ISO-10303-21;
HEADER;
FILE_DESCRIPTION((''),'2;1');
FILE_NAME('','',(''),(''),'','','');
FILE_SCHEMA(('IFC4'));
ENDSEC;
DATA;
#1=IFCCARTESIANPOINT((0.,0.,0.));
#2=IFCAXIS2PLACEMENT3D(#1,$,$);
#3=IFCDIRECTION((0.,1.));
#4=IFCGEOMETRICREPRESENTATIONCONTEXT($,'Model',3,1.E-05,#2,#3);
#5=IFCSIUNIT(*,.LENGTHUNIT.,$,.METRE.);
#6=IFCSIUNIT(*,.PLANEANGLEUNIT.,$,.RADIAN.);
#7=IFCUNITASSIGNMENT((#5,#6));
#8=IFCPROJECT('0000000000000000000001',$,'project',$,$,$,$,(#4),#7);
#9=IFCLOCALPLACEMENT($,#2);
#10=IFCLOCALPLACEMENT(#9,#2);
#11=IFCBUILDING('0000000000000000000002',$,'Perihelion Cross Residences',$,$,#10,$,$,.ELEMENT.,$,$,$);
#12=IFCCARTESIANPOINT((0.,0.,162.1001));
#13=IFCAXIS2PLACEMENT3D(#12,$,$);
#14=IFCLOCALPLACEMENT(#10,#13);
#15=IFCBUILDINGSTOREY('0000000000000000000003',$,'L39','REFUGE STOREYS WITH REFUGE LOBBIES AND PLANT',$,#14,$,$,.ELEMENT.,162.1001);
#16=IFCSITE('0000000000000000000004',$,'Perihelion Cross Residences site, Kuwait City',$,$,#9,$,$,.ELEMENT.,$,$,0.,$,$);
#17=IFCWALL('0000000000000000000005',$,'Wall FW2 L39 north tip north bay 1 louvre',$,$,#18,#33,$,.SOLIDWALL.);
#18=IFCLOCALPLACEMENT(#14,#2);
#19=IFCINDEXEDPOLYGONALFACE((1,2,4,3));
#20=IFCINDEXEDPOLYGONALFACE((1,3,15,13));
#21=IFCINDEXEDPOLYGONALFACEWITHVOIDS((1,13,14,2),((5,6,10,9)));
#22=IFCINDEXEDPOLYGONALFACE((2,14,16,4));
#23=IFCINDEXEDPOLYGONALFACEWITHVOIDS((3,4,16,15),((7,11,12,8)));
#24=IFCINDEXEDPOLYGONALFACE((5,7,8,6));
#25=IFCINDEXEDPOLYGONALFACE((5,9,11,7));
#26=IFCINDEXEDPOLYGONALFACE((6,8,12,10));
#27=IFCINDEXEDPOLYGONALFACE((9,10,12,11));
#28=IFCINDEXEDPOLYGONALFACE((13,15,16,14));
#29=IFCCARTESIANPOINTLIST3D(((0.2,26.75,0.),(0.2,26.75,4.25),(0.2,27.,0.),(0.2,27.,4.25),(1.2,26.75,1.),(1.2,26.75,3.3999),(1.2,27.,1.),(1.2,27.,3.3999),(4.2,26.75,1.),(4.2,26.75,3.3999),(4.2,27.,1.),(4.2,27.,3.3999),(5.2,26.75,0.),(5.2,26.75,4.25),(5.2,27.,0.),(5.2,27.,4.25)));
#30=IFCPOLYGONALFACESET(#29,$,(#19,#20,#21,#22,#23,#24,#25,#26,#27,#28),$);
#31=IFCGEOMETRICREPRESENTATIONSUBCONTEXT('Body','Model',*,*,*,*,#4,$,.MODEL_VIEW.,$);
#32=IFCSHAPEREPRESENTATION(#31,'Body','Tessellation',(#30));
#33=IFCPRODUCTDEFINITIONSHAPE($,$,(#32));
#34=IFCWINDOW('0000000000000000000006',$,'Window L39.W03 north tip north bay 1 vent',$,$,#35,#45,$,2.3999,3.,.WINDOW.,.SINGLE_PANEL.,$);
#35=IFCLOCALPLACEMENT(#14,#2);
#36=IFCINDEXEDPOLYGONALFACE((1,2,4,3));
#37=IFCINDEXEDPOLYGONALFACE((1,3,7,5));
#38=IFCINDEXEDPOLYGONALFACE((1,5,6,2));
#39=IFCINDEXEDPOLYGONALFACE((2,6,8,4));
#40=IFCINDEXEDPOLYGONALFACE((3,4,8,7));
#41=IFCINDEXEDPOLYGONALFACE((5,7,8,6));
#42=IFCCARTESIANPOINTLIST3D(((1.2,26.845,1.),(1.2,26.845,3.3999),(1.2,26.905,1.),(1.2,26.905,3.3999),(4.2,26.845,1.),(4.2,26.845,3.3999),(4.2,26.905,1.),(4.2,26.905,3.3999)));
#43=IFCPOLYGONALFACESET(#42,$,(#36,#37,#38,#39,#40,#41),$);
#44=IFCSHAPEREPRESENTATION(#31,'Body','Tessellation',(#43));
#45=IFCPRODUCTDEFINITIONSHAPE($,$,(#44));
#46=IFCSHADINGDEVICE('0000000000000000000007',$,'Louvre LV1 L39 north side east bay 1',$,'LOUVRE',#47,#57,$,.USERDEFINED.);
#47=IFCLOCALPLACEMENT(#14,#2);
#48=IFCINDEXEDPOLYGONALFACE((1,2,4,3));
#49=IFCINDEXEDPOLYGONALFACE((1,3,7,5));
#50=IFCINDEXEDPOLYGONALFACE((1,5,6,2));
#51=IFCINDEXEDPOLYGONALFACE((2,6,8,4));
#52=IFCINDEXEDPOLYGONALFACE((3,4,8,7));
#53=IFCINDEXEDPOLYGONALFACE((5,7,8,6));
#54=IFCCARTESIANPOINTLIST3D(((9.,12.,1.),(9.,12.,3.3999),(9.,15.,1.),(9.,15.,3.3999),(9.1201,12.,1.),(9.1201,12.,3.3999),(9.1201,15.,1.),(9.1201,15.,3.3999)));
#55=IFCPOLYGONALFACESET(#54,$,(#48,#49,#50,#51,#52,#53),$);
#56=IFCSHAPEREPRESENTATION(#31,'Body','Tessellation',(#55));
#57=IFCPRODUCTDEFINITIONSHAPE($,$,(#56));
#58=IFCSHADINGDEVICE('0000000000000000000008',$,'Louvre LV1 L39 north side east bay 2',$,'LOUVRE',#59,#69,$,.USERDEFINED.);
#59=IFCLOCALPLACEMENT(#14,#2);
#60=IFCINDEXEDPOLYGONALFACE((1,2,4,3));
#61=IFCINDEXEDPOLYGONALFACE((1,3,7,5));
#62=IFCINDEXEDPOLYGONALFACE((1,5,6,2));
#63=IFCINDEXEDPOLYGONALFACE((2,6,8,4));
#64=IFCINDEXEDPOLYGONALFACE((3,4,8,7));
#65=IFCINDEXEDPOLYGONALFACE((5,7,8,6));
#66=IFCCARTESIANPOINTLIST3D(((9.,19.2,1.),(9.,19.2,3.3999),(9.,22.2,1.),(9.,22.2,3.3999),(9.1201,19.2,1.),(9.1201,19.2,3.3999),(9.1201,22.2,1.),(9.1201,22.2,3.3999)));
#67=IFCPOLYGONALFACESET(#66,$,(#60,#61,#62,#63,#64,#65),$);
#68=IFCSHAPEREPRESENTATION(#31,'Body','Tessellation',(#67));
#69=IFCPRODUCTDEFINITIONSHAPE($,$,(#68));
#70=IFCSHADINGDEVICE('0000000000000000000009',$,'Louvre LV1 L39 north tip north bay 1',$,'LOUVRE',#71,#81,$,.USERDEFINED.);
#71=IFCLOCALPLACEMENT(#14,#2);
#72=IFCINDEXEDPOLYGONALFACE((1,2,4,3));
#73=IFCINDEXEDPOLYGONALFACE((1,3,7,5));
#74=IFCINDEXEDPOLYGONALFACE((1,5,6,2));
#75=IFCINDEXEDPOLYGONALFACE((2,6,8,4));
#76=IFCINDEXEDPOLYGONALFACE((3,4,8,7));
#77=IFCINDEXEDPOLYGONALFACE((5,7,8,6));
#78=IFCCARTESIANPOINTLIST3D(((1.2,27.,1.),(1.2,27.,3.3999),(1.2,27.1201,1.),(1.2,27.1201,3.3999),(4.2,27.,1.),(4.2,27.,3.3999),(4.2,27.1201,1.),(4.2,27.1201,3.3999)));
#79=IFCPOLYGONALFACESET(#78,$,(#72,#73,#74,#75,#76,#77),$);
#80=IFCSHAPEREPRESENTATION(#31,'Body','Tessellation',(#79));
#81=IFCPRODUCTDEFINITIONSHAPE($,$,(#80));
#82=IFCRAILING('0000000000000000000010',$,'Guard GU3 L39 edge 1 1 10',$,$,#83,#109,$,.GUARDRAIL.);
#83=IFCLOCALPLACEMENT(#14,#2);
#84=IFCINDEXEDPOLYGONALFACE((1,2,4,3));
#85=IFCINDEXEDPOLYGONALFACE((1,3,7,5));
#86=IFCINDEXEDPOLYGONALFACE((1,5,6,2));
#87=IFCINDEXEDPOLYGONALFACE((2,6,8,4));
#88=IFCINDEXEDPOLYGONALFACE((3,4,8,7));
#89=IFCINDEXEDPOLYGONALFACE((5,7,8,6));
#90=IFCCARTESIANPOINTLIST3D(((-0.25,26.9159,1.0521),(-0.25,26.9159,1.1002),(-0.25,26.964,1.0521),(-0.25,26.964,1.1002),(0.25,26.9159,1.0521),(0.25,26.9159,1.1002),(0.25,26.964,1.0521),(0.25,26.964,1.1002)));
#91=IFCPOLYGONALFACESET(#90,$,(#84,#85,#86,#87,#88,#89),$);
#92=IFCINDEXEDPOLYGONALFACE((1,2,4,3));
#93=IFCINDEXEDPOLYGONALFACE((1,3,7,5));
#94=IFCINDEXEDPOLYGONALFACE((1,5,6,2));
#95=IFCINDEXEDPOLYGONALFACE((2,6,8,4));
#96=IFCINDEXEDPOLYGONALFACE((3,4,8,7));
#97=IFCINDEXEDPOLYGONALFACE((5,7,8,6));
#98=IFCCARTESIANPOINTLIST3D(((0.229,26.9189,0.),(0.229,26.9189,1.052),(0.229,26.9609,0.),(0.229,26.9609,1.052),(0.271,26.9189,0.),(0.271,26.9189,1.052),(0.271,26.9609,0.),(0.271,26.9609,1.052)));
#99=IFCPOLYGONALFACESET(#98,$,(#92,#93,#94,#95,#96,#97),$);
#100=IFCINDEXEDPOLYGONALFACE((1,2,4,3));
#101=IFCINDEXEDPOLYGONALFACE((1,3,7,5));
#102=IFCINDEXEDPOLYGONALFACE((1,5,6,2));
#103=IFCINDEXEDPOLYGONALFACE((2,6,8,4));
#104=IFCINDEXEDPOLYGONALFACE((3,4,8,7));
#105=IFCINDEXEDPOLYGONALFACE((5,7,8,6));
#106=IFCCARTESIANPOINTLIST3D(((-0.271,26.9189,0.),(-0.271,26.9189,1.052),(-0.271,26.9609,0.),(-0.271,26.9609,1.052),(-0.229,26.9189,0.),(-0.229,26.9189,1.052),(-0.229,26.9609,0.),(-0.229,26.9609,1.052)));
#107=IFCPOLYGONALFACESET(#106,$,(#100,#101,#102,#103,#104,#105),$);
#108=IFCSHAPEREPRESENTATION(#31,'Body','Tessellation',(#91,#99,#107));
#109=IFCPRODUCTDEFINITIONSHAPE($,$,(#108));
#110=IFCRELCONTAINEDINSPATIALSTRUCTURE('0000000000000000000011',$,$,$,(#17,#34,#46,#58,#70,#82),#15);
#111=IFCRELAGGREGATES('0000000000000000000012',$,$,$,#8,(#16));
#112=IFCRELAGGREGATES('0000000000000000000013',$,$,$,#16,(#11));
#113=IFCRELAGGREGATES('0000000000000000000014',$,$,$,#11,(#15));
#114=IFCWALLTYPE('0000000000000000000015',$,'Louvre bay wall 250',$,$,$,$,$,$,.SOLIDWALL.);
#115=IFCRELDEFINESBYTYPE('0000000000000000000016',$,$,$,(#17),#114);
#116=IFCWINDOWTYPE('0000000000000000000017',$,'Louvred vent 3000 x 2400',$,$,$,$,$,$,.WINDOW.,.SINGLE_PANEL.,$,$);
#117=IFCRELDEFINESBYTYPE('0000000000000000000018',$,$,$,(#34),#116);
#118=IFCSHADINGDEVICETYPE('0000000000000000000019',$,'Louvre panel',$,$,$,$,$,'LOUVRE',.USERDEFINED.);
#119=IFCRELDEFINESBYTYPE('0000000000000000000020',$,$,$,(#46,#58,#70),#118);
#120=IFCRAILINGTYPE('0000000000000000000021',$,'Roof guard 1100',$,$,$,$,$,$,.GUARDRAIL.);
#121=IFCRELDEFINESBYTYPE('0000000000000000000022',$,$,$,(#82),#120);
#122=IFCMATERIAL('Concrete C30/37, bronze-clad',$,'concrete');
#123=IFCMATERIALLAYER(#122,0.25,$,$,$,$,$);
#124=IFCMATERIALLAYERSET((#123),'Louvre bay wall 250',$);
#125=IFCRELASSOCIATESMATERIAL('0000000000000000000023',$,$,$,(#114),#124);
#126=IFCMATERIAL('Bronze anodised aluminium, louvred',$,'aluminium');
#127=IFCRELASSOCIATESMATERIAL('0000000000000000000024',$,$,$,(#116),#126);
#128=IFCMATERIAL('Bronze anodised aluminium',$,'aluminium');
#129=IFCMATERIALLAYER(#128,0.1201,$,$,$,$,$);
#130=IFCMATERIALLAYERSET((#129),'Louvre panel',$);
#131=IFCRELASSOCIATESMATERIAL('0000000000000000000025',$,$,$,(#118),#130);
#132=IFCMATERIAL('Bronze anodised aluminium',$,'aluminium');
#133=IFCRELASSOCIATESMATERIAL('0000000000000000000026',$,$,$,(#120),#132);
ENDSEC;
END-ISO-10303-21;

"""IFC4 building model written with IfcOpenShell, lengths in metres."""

from ifc_helpers import new_model, si_unit, direction, frame, frame_2d, origin, origin_2d, place, context, subcontext, project, spatial, rectangle, extrude, material, layer, layer_set, type_object, element, fill, save


model = new_model("IFC4")

# Units and contexts
model_context = context("Model", 3, precision=1e-05, world=origin(), true_north=direction((0.0, 1.0)))
body_context = subcontext(model_context, "Body", "Model", "MODEL_VIEW")
ifc_project = project(units=[si_unit("LENGTHUNIT", "METRE"), si_unit("PLANEANGLEUNIT", "RADIAN")], contexts=[model_context])

# Site, building, storey
site_placement = place(None, origin())
site = spatial("IfcSite", under=ifc_project, at=site_placement, Name="Perihelion Cross Residences site, Kuwait City", CompositionType="ELEMENT", RefElevation=0.0)
building_placement = place(site_placement, origin())
building = spatial("IfcBuilding", under=site, at=building_placement, Name="Perihelion Cross Residences", CompositionType="ELEMENT")
storey_placement = place(building_placement, frame((0.0, 0.0, 162.1001)))
storey = spatial("IfcBuildingStorey", under=building, at=storey_placement, Name="L39", Description="REFUGE STOREYS WITH REFUGE LOBBIES AND PLANT", CompositionType="ELEMENT", Elevation=162.1001)

# Wall, opening, window
ifc_material_1 = material(Name="Concrete C30/37, bronze-clad", Category="concrete")
ifc_layer_1 = layer(ifc_material_1, 0.25)
ifc_layer_set_1 = layer_set([ifc_layer_1], Name="Louvre bay wall 250")
wall_type_1 = type_object("IfcWallType", Name="Louvre bay wall 250", PredefinedType="SOLIDWALL", material=ifc_layer_set_1)
ifc_material_2 = material(Name="Bronze anodised aluminium, louvred", Category="aluminium")
window_type = type_object("IfcWindowType", Name="Louvred vent 3000 x 2400", PartitioningType="SINGLE_PANEL", PredefinedType="WINDOW", material=ifc_material_2)
wall_1_placement = place(storey_placement, frame((5.2, 26.875, 0.0), z_axis=(0.0, 0.0, 1.0), x_axis=(-1.0, 0.0, 0.0)))
wall_1 = element("IfcWall", 1, at=wall_1_placement, inside=storey, type_object=wall_type_1, Name="Wall FW2 L39 north tip north bay 1 louvre", PredefinedType="SOLIDWALL", context=body_context, shape_type="SweptSolid", body=[
    extrude(rectangle(XDim=5.0, YDim=0.25, at=frame_2d((2.5, 0.0))), origin(), (0.0, 0.0, 1.0), 4.25),
])
opening_1_placement = place(wall_1_placement, frame((1.0, 0.0, 1.0)))
opening_1 = element("IfcOpeningElement", 2, at=opening_1_placement, cuts=wall_1, PredefinedType="OPENING", context=body_context, shape_type="SweptSolid", body=[
    extrude(rectangle(XDim=3.0, YDim=2.3999, at=frame_2d((1.5, 1.2))), frame((0.0, 0.135, 0.0), z_axis=(0.0, -1.0, 0.0), x_axis=(1.0, 0.0, 0.0)), (0.0, 0.0, 1.0), 0.27),
])
window_1_placement = place(opening_1_placement, origin())
window_1 = element("IfcWindow", 3, at=window_1_placement, inside=storey, type_object=window_type, Name="Window L39.W03 north tip north bay 1 vent", OverallHeight=2.3999, OverallWidth=3.0, PartitioningType="SINGLE_PANEL", PredefinedType="WINDOW", context=body_context, shape_type="SweptSolid", body=[
    extrude(rectangle(XDim=3.0, YDim=2.3999, at=frame_2d((1.5, 1.2))), frame((0.0, 0.03, 0.0), z_axis=(0.0, -1.0, 0.0), x_axis=(1.0, 0.0, 0.0)), (0.0, 0.0, 1.0), 0.0601),
])
fill(opening_1, window_1)

# Shading devices
ifc_material_3 = material(Name="Bronze anodised aluminium", Category="aluminium")
ifc_layer_2 = layer(ifc_material_3, 0.1201)
ifc_layer_set_2 = layer_set([ifc_layer_2], Name="Louvre panel")
shading_device_type = type_object("IfcShadingDeviceType", Name="Louvre panel", ElementType="LOUVRE", PredefinedType="USERDEFINED", material=ifc_layer_set_2)
for number, where, z_axis, x_axis, name in (
    (4, (9.0601, 13.5, 1.0), (0.0, 0.0, 1.0), (0.0, 1.0, 0.0), "Louvre LV1 L39 north side east bay 1"),
    (5, (9.0601, 20.7, 1.0), (0.0, 0.0, 1.0), (0.0, 1.0, 0.0), "Louvre LV1 L39 north side east bay 2"),
    (6, (2.7, 27.0601, 1.0), (0.0, 0.0, 1.0), (-1.0, 0.0, 0.0), "Louvre LV1 L39 north tip north bay 1"),
):
    element("IfcShadingDevice", number, at=place(storey_placement, frame(where, z_axis=z_axis, x_axis=x_axis)), inside=storey, type_object=shading_device_type, Name=name, ObjectType="LOUVRE", PredefinedType="USERDEFINED", context=body_context, shape_type="SweptSolid", body=[
        extrude(rectangle(XDim=3.0, YDim=0.1201, at=origin_2d()), origin(), (0.0, 0.0, 1.0), 2.3999),
    ])

# Railing
ifc_material_4 = material(Name="Bronze anodised aluminium", Category="aluminium")
railing_type = type_object("IfcRailingType", Name="Roof guard 1100", PredefinedType="GUARDRAIL", material=ifc_material_4)
railing_placement = place(storey_placement, frame((0.25, 26.9399, 0.0)))
element("IfcRailing", 7, at=railing_placement, inside=storey, type_object=railing_type, Name="Guard GU3 L39 edge 1 1 10", PredefinedType="GUARDRAIL", context=body_context, shape_type="SweptSolid", body=[
    extrude(rectangle(XDim=0.0481, YDim=0.0481, at=origin_2d()), frame((0.0, 0.0, 1.0762), z_axis=(-1.0, 0.0, 0.0), x_axis=(0.0, -1.0, 0.0)), (0.0, 0.0, 1.0), 0.5),
    extrude(rectangle(XDim=0.042, YDim=0.042, at=origin_2d()), origin(), (0.0, 0.0, 1.0), 1.052),
    extrude(rectangle(XDim=0.042, YDim=0.042, at=origin_2d()), frame((-0.5, 0.0, 0.0)), (0.0, 0.0, 1.0), 1.052),
])

save(model, "model.ifc")
